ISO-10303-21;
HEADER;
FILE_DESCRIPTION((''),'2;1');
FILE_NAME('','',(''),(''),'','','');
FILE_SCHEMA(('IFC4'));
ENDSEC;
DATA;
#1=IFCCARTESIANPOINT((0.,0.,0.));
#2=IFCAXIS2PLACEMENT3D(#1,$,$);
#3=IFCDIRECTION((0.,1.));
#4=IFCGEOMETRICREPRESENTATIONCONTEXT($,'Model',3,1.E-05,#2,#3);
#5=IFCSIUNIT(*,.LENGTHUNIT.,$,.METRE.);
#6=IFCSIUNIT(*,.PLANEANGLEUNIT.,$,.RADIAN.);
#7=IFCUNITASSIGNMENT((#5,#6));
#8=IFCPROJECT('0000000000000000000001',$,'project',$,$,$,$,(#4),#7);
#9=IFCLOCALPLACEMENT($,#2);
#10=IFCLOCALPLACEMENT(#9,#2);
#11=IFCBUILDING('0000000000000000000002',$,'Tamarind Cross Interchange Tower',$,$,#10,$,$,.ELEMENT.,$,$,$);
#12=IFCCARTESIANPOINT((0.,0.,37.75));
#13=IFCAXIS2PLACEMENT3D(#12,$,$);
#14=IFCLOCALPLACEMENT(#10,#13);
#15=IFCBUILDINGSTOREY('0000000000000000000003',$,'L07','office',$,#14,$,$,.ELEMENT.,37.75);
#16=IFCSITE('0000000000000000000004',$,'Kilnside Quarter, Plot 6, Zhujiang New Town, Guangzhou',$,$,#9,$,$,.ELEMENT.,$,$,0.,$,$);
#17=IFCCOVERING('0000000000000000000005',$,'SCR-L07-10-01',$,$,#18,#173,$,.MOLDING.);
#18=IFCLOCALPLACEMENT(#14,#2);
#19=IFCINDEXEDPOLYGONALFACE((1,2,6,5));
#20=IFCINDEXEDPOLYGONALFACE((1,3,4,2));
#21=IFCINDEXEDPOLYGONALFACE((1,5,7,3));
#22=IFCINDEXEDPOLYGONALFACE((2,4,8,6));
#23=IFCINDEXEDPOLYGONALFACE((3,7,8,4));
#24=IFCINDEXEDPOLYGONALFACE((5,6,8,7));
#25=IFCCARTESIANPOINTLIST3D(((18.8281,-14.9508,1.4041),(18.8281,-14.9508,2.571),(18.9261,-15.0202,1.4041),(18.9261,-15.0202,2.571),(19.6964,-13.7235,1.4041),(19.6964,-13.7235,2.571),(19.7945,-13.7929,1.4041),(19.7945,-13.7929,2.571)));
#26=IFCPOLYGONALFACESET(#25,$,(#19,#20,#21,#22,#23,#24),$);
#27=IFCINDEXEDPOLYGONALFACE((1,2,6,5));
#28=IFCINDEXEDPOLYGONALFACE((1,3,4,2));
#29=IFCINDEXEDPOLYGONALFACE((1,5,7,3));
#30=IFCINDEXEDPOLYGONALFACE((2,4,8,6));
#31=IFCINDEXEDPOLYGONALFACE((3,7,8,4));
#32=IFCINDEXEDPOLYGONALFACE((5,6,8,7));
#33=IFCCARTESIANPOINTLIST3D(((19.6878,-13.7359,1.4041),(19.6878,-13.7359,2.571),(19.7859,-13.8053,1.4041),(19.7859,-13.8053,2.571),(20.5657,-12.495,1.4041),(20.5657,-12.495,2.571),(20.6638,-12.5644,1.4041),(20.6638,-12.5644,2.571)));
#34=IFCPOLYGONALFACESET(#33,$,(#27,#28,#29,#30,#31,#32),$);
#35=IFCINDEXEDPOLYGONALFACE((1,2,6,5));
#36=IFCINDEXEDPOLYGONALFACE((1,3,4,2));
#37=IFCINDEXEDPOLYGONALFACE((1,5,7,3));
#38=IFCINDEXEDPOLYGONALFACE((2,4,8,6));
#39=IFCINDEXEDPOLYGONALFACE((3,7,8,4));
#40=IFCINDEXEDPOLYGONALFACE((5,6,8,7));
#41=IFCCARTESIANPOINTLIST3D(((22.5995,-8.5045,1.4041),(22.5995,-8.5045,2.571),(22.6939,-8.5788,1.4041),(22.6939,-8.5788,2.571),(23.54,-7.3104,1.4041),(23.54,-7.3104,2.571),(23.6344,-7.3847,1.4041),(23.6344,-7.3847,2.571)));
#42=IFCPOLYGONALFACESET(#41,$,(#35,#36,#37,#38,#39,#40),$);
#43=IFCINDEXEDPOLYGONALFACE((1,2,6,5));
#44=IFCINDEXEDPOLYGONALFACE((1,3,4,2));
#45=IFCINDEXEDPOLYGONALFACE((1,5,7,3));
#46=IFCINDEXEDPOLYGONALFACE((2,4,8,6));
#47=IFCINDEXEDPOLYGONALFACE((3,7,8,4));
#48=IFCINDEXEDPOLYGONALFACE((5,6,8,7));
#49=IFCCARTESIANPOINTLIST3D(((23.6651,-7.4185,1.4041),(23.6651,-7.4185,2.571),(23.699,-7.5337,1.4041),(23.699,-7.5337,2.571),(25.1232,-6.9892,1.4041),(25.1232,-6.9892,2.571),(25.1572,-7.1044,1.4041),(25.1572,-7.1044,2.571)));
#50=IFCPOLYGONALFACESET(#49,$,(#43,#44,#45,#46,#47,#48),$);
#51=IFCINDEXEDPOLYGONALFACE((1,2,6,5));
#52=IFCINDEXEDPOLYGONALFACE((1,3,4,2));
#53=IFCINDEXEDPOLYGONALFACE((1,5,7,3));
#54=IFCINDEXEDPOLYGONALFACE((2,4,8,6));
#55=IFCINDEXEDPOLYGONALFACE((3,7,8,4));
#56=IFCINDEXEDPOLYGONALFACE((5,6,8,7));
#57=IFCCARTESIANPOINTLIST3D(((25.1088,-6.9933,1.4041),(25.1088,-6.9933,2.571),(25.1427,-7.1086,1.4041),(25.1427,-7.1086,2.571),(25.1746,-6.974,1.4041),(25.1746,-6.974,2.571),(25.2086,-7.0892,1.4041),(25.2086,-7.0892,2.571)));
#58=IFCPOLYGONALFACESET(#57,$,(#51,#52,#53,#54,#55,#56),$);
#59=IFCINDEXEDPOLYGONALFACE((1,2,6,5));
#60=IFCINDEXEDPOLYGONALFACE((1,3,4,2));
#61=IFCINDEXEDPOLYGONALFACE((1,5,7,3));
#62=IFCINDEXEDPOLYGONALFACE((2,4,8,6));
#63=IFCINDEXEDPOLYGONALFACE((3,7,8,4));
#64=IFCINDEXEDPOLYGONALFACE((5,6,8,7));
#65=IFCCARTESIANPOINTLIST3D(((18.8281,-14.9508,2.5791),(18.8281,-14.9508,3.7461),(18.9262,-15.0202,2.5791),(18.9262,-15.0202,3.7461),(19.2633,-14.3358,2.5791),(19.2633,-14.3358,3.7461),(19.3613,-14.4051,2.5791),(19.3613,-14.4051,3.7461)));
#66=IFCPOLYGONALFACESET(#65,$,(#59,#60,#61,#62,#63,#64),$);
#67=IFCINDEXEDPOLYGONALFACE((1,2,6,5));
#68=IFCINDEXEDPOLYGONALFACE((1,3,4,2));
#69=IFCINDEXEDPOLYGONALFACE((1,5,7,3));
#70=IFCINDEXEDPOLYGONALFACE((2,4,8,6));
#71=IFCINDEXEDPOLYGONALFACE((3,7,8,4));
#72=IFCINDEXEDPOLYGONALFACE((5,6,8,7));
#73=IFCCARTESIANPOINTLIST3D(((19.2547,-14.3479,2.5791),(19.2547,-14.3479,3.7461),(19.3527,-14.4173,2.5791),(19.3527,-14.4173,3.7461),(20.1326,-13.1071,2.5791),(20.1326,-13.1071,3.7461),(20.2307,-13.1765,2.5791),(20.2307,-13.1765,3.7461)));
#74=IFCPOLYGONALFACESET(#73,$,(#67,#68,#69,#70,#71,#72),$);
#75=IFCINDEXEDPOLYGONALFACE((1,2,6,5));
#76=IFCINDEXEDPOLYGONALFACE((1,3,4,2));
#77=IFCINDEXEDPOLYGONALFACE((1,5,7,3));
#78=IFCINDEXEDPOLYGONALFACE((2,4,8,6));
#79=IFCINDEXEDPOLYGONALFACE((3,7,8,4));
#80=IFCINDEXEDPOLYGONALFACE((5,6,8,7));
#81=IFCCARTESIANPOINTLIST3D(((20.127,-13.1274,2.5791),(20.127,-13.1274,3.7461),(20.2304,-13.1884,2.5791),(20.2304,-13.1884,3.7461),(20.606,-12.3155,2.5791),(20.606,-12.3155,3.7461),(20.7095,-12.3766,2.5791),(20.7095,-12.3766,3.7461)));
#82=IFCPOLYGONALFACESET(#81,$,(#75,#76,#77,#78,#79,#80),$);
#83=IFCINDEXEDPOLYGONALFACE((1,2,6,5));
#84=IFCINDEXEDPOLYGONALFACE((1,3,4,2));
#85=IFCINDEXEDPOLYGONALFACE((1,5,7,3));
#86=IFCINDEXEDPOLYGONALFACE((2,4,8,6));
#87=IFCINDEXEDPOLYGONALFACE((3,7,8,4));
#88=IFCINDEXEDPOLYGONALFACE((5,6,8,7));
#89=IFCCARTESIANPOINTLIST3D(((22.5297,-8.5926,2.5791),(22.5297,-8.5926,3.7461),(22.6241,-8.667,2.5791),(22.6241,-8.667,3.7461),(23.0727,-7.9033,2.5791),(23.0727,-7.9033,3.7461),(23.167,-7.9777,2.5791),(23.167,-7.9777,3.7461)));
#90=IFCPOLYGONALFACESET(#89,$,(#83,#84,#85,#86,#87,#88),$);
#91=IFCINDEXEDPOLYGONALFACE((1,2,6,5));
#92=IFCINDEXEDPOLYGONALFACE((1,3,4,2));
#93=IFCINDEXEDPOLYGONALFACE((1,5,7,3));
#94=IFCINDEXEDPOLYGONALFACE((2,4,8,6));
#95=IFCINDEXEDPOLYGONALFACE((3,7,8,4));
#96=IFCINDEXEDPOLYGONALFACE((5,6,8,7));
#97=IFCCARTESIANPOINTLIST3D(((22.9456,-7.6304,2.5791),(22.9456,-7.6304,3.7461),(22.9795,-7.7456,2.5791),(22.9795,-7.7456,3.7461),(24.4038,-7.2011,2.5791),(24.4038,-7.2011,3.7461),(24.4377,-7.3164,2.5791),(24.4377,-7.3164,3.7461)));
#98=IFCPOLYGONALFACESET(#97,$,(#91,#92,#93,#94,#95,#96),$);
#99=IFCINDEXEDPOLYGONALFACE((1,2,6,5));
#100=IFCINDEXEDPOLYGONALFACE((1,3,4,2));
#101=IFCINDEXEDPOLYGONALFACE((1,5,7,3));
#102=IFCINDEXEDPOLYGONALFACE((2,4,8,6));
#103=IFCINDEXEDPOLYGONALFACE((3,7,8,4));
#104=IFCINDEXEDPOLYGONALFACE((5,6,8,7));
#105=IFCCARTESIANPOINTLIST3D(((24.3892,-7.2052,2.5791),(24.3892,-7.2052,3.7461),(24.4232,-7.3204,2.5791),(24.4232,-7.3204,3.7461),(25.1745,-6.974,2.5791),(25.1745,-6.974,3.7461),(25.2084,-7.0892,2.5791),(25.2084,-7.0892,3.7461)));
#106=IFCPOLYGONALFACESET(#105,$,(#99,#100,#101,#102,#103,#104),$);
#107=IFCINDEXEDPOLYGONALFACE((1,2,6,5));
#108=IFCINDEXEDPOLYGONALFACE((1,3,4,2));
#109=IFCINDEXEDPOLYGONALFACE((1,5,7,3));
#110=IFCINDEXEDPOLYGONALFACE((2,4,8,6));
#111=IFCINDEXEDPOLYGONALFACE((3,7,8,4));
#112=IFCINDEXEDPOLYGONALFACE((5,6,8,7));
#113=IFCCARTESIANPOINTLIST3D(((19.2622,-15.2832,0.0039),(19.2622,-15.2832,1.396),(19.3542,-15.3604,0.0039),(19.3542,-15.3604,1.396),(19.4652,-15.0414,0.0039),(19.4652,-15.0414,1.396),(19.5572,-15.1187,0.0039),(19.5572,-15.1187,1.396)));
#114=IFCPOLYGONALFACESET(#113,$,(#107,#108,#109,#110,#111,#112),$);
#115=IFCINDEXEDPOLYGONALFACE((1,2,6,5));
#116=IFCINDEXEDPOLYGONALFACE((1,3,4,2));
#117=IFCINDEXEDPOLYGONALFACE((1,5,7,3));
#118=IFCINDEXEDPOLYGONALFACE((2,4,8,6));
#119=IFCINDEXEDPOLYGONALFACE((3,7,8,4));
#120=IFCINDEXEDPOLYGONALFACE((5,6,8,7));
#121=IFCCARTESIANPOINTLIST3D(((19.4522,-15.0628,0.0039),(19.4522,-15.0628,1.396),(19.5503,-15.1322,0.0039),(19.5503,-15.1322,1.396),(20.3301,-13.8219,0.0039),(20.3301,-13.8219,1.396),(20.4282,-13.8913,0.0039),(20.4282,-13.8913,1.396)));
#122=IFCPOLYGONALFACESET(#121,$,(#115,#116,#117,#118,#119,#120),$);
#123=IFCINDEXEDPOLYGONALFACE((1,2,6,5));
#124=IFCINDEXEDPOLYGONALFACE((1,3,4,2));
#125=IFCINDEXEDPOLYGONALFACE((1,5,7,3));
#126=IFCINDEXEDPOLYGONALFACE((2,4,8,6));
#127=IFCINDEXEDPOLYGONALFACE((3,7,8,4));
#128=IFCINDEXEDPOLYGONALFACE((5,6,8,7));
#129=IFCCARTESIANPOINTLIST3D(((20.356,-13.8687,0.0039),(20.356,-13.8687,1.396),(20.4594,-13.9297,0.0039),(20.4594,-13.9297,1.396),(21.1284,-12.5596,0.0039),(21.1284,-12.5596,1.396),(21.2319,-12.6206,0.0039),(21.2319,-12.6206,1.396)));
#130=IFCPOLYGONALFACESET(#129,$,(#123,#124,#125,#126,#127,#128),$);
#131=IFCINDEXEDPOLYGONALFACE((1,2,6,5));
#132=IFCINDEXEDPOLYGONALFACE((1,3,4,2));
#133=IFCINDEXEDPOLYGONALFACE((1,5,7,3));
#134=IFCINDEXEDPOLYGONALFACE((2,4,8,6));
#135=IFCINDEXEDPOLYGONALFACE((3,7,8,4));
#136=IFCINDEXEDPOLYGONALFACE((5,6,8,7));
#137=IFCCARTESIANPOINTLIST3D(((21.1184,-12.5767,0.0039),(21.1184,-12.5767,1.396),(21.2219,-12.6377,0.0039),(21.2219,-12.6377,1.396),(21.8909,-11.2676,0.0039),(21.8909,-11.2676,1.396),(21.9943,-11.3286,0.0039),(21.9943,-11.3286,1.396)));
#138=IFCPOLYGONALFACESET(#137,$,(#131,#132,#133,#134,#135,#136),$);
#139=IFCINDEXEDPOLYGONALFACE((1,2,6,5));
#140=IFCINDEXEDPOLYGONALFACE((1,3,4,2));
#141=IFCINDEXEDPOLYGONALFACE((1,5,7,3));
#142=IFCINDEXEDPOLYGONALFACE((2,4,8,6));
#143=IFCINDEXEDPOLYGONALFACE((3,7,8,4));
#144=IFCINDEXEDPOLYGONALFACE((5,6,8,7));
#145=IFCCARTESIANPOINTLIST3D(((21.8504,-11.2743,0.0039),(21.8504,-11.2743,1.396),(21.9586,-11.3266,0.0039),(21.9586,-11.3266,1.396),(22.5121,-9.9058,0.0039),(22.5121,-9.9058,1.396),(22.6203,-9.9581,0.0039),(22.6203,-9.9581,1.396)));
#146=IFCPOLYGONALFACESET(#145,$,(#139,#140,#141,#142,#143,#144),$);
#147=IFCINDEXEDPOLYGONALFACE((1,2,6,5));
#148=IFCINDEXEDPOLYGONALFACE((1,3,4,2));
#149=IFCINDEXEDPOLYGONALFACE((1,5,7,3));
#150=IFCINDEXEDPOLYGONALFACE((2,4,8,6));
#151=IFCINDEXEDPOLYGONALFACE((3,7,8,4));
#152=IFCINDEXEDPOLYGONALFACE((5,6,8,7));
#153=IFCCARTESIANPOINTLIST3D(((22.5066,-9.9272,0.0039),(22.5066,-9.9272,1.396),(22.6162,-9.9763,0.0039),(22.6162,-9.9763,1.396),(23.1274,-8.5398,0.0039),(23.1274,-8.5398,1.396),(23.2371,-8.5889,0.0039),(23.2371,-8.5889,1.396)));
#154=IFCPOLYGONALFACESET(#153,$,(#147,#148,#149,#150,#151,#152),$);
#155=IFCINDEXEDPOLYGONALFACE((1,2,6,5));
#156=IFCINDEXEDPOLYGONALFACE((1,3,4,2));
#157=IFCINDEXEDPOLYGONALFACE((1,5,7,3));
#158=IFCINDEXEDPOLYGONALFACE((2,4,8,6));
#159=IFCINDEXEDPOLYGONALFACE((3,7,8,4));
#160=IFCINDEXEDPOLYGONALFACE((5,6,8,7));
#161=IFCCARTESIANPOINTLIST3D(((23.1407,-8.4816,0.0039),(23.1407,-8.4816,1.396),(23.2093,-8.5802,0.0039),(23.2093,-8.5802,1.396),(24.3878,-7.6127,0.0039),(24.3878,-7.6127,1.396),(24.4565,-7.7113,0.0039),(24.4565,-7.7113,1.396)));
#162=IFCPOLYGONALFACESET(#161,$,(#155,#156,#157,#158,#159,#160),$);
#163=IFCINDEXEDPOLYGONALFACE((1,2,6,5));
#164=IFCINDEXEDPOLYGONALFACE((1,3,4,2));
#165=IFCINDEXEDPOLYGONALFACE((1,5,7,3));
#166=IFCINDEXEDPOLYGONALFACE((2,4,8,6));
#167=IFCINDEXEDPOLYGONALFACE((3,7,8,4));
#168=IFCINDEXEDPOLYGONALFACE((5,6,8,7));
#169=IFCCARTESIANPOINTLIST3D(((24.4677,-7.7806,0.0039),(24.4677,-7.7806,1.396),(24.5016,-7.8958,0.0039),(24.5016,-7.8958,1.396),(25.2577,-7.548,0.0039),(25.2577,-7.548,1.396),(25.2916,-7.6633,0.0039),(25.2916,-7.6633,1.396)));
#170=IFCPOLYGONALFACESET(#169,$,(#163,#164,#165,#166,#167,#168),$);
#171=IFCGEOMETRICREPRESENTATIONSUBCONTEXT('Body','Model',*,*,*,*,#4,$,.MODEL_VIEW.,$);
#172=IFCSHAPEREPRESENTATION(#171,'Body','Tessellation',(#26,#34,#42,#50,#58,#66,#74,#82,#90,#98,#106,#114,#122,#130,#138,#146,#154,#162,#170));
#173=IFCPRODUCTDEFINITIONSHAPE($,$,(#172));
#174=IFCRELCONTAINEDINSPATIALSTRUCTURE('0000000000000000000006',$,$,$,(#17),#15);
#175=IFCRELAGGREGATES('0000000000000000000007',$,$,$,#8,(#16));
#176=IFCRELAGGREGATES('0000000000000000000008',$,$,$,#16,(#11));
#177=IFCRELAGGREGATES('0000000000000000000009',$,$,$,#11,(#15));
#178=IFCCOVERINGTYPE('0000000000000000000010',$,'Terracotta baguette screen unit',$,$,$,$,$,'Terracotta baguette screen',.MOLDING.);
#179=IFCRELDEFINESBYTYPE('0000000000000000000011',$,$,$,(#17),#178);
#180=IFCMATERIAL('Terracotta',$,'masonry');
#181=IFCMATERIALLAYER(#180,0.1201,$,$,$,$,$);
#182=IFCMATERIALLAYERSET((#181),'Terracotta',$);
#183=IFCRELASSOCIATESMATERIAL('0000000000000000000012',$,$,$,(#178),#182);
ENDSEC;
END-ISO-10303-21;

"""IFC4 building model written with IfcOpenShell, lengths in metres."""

from ifc_helpers import new_model, si_unit, direction, frame, origin, origin_2d, place, context, subcontext, project, spatial, rectangle, extrude, material, layer, layer_set, type_object, element, save


model = new_model("IFC4")

# Units and contexts
model_context = context("Model", 3, precision=1e-05, world=origin(), true_north=direction((0.0, 1.0)))
body_context = subcontext(model_context, "Body", "Model", "MODEL_VIEW")
ifc_project = project(units=[si_unit("LENGTHUNIT", "METRE"), si_unit("PLANEANGLEUNIT", "RADIAN")], contexts=[model_context])

# Site, building, storey
site_placement = place(None, origin())
site = spatial("IfcSite", under=ifc_project, at=site_placement, Name="Kilnside Quarter, Plot 6, Zhujiang New Town, Guangzhou", CompositionType="ELEMENT", RefElevation=0.0)
building_placement = place(site_placement, origin())
building = spatial("IfcBuilding", under=site, at=building_placement, Name="Tamarind Cross Interchange Tower", CompositionType="ELEMENT")
storey_placement = place(building_placement, frame((0.0, 0.0, 37.75)))
storey = spatial("IfcBuildingStorey", under=building, at=storey_placement, Name="L07", Description="office", CompositionType="ELEMENT", Elevation=37.75)

# Covering
ifc_material_1 = material(Name="Terracotta", Category="masonry")
ifc_layer_1 = layer(ifc_material_1, 0.1201)
ifc_layer_set_1 = layer_set([ifc_layer_1], Name="Terracotta")
covering_type = type_object("IfcCoveringType", Name="Terracotta baguette screen unit", ElementType="Terracotta baguette screen", PredefinedType="MOLDING", material=ifc_layer_set_1)
covering_1_placement = place(storey_placement, origin())
element("IfcCovering", 1, at=covering_1_placement, inside=storey, type_object=covering_type, Name="SCR-L07-10-01", PredefinedType="MOLDING", context=body_context, shape_type="SweptSolid", body=[
    extrude(rectangle(XDim=1.5034, YDim=0.1201, at=origin_2d()), frame((19.3113, -14.3718, 1.4041), z_axis=(0.0, 0.0, 1.0), x_axis=(0.577569, 0.816342, 0.0)), (0.0, 0.0, 1.0), 1.167),
    extrude(rectangle(XDim=1.52, YDim=0.1201, at=origin_2d()), frame((20.1758, -13.1501, 1.4041), z_axis=(0.0, 0.0, 1.0), x_axis=(0.577569, 0.816342, 0.0)), (0.0, 0.0, 1.0), 1.167),
    extrude(rectangle(XDim=1.52, YDim=0.1201, at=origin_2d()), frame((23.1169, -7.9446, 1.4041), z_axis=(0.0, 0.0, 1.0), x_axis=(0.61876, 0.78558, 0.0)), (0.0, 0.0, 1.0), 1.167),
    extrude(rectangle(XDim=1.52, YDim=0.1201, at=origin_2d()), frame((24.4111, -7.2615, 1.4041), z_axis=(0.0, 0.0, 1.0), x_axis=(0.95929, 0.282423, 0.0)), (0.0, 0.0, 1.0), 1.167),
    extrude(rectangle(XDim=0.0686, YDim=0.1201, at=origin_2d()), frame((25.1587, -7.0413, 1.4041), z_axis=(0.0, 0.0, 1.0), x_axis=(0.95929, 0.282423, 0.0)), (0.0, 0.0, 1.0), 1.167),
    extrude(rectangle(XDim=0.7534, YDim=0.1201, at=origin_2d()), frame((19.0947, -14.678, 2.5791), z_axis=(0.0, 0.0, 1.0), x_axis=(0.577569, 0.816342, 0.0)), (0.0, 0.0, 1.0), 1.167),
    extrude(rectangle(XDim=1.52, YDim=0.1201, at=origin_2d()), frame((19.7427, -13.7622, 2.5791), z_axis=(0.0, 0.0, 1.0), x_axis=(0.577569, 0.816342, 0.0)), (0.0, 0.0, 1.0), 1.167),
    extrude(rectangle(XDim=0.9426, YDim=0.1201, at=origin_2d()), frame((20.4182, -12.752, 2.5791), z_axis=(0.0, 0.0, 1.0), x_axis=(0.508183, 0.861249, 0.0)), (0.0, 0.0, 1.0), 1.167),
    extrude(rectangle(XDim=0.8774, YDim=0.1201, at=origin_2d()), frame((22.8484, -8.2852, 2.5791), z_axis=(0.0, 0.0, 1.0), x_axis=(0.61876, 0.78558, 0.0)), (0.0, 0.0, 1.0), 1.167),
    extrude(rectangle(XDim=1.52, YDim=0.1201, at=origin_2d()), frame((23.6917, -7.4734, 2.5791), z_axis=(0.0, 0.0, 1.0), x_axis=(0.95929, 0.282423, 0.0)), (0.0, 0.0, 1.0), 1.167),
    extrude(rectangle(XDim=0.8186, YDim=0.1201, at=origin_2d()), frame((24.7988, -7.1472, 2.5791), z_axis=(0.0, 0.0, 1.0), x_axis=(0.95929, 0.282423, 0.0)), (0.0, 0.0, 1.0), 1.167),
    extrude(rectangle(XDim=0.3157, YDim=0.1201, at=origin_2d()), frame((19.4097, -15.2009, 0.0039), z_axis=(0.0, 0.0, 1.0), x_axis=(0.643009, 0.765858, 0.0)), (0.0, 0.0, 1.0), 1.3921),
    extrude(rectangle(XDim=1.52, YDim=0.1201, at=origin_2d()), frame((19.9402, -14.4771, 0.0039), z_axis=(0.0, 0.0, 1.0), x_axis=(0.577569, 0.816342, 0.0)), (0.0, 0.0, 1.0), 1.3921),
    extrude(rectangle(XDim=1.52, YDim=0.1201, at=origin_2d()), frame((20.7939, -13.2446, 0.0039), z_axis=(0.0, 0.0, 1.0), x_axis=(0.508183, 0.861249, 0.0)), (0.0, 0.0, 1.0), 1.3921),
    extrude(rectangle(XDim=1.52, YDim=0.1201, at=origin_2d()), frame((21.5564, -11.9526, 0.0039), z_axis=(0.0, 0.0, 1.0), x_axis=(0.508183, 0.861249, 0.0)), (0.0, 0.0, 1.0), 1.3921),
    extrude(rectangle(XDim=1.52, YDim=0.1201, at=origin_2d()), frame((22.2354, -10.6162, 0.0039), z_axis=(0.0, 0.0, 1.0), x_axis=(0.435326, 0.900273, 0.0)), (0.0, 0.0, 1.0), 1.3921),
    extrude(rectangle(XDim=1.52, YDim=0.1201, at=origin_2d()), frame((22.8718, -9.2581, 0.0039), z_axis=(0.0, 0.0, 1.0), x_axis=(0.408466, 0.912774, 0.0)), (0.0, 0.0, 1.0), 1.3921),
    extrude(rectangle(XDim=1.52, YDim=0.1201, at=origin_2d()), frame((23.7986, -8.0964, 0.0039), z_axis=(0.0, 0.0, 1.0), x_axis=(0.820506, 0.571638, 0.0)), (0.0, 0.0, 1.0), 1.3921),
    extrude(rectangle(XDim=0.8235, YDim=0.1201, at=origin_2d()), frame((24.8796, -7.7219, 0.0039), z_axis=(0.0, 0.0, 1.0), x_axis=(0.95929, 0.282423, 0.0)), (0.0, 0.0, 1.0), 1.3921),
])

save(model, "model.ifc")
